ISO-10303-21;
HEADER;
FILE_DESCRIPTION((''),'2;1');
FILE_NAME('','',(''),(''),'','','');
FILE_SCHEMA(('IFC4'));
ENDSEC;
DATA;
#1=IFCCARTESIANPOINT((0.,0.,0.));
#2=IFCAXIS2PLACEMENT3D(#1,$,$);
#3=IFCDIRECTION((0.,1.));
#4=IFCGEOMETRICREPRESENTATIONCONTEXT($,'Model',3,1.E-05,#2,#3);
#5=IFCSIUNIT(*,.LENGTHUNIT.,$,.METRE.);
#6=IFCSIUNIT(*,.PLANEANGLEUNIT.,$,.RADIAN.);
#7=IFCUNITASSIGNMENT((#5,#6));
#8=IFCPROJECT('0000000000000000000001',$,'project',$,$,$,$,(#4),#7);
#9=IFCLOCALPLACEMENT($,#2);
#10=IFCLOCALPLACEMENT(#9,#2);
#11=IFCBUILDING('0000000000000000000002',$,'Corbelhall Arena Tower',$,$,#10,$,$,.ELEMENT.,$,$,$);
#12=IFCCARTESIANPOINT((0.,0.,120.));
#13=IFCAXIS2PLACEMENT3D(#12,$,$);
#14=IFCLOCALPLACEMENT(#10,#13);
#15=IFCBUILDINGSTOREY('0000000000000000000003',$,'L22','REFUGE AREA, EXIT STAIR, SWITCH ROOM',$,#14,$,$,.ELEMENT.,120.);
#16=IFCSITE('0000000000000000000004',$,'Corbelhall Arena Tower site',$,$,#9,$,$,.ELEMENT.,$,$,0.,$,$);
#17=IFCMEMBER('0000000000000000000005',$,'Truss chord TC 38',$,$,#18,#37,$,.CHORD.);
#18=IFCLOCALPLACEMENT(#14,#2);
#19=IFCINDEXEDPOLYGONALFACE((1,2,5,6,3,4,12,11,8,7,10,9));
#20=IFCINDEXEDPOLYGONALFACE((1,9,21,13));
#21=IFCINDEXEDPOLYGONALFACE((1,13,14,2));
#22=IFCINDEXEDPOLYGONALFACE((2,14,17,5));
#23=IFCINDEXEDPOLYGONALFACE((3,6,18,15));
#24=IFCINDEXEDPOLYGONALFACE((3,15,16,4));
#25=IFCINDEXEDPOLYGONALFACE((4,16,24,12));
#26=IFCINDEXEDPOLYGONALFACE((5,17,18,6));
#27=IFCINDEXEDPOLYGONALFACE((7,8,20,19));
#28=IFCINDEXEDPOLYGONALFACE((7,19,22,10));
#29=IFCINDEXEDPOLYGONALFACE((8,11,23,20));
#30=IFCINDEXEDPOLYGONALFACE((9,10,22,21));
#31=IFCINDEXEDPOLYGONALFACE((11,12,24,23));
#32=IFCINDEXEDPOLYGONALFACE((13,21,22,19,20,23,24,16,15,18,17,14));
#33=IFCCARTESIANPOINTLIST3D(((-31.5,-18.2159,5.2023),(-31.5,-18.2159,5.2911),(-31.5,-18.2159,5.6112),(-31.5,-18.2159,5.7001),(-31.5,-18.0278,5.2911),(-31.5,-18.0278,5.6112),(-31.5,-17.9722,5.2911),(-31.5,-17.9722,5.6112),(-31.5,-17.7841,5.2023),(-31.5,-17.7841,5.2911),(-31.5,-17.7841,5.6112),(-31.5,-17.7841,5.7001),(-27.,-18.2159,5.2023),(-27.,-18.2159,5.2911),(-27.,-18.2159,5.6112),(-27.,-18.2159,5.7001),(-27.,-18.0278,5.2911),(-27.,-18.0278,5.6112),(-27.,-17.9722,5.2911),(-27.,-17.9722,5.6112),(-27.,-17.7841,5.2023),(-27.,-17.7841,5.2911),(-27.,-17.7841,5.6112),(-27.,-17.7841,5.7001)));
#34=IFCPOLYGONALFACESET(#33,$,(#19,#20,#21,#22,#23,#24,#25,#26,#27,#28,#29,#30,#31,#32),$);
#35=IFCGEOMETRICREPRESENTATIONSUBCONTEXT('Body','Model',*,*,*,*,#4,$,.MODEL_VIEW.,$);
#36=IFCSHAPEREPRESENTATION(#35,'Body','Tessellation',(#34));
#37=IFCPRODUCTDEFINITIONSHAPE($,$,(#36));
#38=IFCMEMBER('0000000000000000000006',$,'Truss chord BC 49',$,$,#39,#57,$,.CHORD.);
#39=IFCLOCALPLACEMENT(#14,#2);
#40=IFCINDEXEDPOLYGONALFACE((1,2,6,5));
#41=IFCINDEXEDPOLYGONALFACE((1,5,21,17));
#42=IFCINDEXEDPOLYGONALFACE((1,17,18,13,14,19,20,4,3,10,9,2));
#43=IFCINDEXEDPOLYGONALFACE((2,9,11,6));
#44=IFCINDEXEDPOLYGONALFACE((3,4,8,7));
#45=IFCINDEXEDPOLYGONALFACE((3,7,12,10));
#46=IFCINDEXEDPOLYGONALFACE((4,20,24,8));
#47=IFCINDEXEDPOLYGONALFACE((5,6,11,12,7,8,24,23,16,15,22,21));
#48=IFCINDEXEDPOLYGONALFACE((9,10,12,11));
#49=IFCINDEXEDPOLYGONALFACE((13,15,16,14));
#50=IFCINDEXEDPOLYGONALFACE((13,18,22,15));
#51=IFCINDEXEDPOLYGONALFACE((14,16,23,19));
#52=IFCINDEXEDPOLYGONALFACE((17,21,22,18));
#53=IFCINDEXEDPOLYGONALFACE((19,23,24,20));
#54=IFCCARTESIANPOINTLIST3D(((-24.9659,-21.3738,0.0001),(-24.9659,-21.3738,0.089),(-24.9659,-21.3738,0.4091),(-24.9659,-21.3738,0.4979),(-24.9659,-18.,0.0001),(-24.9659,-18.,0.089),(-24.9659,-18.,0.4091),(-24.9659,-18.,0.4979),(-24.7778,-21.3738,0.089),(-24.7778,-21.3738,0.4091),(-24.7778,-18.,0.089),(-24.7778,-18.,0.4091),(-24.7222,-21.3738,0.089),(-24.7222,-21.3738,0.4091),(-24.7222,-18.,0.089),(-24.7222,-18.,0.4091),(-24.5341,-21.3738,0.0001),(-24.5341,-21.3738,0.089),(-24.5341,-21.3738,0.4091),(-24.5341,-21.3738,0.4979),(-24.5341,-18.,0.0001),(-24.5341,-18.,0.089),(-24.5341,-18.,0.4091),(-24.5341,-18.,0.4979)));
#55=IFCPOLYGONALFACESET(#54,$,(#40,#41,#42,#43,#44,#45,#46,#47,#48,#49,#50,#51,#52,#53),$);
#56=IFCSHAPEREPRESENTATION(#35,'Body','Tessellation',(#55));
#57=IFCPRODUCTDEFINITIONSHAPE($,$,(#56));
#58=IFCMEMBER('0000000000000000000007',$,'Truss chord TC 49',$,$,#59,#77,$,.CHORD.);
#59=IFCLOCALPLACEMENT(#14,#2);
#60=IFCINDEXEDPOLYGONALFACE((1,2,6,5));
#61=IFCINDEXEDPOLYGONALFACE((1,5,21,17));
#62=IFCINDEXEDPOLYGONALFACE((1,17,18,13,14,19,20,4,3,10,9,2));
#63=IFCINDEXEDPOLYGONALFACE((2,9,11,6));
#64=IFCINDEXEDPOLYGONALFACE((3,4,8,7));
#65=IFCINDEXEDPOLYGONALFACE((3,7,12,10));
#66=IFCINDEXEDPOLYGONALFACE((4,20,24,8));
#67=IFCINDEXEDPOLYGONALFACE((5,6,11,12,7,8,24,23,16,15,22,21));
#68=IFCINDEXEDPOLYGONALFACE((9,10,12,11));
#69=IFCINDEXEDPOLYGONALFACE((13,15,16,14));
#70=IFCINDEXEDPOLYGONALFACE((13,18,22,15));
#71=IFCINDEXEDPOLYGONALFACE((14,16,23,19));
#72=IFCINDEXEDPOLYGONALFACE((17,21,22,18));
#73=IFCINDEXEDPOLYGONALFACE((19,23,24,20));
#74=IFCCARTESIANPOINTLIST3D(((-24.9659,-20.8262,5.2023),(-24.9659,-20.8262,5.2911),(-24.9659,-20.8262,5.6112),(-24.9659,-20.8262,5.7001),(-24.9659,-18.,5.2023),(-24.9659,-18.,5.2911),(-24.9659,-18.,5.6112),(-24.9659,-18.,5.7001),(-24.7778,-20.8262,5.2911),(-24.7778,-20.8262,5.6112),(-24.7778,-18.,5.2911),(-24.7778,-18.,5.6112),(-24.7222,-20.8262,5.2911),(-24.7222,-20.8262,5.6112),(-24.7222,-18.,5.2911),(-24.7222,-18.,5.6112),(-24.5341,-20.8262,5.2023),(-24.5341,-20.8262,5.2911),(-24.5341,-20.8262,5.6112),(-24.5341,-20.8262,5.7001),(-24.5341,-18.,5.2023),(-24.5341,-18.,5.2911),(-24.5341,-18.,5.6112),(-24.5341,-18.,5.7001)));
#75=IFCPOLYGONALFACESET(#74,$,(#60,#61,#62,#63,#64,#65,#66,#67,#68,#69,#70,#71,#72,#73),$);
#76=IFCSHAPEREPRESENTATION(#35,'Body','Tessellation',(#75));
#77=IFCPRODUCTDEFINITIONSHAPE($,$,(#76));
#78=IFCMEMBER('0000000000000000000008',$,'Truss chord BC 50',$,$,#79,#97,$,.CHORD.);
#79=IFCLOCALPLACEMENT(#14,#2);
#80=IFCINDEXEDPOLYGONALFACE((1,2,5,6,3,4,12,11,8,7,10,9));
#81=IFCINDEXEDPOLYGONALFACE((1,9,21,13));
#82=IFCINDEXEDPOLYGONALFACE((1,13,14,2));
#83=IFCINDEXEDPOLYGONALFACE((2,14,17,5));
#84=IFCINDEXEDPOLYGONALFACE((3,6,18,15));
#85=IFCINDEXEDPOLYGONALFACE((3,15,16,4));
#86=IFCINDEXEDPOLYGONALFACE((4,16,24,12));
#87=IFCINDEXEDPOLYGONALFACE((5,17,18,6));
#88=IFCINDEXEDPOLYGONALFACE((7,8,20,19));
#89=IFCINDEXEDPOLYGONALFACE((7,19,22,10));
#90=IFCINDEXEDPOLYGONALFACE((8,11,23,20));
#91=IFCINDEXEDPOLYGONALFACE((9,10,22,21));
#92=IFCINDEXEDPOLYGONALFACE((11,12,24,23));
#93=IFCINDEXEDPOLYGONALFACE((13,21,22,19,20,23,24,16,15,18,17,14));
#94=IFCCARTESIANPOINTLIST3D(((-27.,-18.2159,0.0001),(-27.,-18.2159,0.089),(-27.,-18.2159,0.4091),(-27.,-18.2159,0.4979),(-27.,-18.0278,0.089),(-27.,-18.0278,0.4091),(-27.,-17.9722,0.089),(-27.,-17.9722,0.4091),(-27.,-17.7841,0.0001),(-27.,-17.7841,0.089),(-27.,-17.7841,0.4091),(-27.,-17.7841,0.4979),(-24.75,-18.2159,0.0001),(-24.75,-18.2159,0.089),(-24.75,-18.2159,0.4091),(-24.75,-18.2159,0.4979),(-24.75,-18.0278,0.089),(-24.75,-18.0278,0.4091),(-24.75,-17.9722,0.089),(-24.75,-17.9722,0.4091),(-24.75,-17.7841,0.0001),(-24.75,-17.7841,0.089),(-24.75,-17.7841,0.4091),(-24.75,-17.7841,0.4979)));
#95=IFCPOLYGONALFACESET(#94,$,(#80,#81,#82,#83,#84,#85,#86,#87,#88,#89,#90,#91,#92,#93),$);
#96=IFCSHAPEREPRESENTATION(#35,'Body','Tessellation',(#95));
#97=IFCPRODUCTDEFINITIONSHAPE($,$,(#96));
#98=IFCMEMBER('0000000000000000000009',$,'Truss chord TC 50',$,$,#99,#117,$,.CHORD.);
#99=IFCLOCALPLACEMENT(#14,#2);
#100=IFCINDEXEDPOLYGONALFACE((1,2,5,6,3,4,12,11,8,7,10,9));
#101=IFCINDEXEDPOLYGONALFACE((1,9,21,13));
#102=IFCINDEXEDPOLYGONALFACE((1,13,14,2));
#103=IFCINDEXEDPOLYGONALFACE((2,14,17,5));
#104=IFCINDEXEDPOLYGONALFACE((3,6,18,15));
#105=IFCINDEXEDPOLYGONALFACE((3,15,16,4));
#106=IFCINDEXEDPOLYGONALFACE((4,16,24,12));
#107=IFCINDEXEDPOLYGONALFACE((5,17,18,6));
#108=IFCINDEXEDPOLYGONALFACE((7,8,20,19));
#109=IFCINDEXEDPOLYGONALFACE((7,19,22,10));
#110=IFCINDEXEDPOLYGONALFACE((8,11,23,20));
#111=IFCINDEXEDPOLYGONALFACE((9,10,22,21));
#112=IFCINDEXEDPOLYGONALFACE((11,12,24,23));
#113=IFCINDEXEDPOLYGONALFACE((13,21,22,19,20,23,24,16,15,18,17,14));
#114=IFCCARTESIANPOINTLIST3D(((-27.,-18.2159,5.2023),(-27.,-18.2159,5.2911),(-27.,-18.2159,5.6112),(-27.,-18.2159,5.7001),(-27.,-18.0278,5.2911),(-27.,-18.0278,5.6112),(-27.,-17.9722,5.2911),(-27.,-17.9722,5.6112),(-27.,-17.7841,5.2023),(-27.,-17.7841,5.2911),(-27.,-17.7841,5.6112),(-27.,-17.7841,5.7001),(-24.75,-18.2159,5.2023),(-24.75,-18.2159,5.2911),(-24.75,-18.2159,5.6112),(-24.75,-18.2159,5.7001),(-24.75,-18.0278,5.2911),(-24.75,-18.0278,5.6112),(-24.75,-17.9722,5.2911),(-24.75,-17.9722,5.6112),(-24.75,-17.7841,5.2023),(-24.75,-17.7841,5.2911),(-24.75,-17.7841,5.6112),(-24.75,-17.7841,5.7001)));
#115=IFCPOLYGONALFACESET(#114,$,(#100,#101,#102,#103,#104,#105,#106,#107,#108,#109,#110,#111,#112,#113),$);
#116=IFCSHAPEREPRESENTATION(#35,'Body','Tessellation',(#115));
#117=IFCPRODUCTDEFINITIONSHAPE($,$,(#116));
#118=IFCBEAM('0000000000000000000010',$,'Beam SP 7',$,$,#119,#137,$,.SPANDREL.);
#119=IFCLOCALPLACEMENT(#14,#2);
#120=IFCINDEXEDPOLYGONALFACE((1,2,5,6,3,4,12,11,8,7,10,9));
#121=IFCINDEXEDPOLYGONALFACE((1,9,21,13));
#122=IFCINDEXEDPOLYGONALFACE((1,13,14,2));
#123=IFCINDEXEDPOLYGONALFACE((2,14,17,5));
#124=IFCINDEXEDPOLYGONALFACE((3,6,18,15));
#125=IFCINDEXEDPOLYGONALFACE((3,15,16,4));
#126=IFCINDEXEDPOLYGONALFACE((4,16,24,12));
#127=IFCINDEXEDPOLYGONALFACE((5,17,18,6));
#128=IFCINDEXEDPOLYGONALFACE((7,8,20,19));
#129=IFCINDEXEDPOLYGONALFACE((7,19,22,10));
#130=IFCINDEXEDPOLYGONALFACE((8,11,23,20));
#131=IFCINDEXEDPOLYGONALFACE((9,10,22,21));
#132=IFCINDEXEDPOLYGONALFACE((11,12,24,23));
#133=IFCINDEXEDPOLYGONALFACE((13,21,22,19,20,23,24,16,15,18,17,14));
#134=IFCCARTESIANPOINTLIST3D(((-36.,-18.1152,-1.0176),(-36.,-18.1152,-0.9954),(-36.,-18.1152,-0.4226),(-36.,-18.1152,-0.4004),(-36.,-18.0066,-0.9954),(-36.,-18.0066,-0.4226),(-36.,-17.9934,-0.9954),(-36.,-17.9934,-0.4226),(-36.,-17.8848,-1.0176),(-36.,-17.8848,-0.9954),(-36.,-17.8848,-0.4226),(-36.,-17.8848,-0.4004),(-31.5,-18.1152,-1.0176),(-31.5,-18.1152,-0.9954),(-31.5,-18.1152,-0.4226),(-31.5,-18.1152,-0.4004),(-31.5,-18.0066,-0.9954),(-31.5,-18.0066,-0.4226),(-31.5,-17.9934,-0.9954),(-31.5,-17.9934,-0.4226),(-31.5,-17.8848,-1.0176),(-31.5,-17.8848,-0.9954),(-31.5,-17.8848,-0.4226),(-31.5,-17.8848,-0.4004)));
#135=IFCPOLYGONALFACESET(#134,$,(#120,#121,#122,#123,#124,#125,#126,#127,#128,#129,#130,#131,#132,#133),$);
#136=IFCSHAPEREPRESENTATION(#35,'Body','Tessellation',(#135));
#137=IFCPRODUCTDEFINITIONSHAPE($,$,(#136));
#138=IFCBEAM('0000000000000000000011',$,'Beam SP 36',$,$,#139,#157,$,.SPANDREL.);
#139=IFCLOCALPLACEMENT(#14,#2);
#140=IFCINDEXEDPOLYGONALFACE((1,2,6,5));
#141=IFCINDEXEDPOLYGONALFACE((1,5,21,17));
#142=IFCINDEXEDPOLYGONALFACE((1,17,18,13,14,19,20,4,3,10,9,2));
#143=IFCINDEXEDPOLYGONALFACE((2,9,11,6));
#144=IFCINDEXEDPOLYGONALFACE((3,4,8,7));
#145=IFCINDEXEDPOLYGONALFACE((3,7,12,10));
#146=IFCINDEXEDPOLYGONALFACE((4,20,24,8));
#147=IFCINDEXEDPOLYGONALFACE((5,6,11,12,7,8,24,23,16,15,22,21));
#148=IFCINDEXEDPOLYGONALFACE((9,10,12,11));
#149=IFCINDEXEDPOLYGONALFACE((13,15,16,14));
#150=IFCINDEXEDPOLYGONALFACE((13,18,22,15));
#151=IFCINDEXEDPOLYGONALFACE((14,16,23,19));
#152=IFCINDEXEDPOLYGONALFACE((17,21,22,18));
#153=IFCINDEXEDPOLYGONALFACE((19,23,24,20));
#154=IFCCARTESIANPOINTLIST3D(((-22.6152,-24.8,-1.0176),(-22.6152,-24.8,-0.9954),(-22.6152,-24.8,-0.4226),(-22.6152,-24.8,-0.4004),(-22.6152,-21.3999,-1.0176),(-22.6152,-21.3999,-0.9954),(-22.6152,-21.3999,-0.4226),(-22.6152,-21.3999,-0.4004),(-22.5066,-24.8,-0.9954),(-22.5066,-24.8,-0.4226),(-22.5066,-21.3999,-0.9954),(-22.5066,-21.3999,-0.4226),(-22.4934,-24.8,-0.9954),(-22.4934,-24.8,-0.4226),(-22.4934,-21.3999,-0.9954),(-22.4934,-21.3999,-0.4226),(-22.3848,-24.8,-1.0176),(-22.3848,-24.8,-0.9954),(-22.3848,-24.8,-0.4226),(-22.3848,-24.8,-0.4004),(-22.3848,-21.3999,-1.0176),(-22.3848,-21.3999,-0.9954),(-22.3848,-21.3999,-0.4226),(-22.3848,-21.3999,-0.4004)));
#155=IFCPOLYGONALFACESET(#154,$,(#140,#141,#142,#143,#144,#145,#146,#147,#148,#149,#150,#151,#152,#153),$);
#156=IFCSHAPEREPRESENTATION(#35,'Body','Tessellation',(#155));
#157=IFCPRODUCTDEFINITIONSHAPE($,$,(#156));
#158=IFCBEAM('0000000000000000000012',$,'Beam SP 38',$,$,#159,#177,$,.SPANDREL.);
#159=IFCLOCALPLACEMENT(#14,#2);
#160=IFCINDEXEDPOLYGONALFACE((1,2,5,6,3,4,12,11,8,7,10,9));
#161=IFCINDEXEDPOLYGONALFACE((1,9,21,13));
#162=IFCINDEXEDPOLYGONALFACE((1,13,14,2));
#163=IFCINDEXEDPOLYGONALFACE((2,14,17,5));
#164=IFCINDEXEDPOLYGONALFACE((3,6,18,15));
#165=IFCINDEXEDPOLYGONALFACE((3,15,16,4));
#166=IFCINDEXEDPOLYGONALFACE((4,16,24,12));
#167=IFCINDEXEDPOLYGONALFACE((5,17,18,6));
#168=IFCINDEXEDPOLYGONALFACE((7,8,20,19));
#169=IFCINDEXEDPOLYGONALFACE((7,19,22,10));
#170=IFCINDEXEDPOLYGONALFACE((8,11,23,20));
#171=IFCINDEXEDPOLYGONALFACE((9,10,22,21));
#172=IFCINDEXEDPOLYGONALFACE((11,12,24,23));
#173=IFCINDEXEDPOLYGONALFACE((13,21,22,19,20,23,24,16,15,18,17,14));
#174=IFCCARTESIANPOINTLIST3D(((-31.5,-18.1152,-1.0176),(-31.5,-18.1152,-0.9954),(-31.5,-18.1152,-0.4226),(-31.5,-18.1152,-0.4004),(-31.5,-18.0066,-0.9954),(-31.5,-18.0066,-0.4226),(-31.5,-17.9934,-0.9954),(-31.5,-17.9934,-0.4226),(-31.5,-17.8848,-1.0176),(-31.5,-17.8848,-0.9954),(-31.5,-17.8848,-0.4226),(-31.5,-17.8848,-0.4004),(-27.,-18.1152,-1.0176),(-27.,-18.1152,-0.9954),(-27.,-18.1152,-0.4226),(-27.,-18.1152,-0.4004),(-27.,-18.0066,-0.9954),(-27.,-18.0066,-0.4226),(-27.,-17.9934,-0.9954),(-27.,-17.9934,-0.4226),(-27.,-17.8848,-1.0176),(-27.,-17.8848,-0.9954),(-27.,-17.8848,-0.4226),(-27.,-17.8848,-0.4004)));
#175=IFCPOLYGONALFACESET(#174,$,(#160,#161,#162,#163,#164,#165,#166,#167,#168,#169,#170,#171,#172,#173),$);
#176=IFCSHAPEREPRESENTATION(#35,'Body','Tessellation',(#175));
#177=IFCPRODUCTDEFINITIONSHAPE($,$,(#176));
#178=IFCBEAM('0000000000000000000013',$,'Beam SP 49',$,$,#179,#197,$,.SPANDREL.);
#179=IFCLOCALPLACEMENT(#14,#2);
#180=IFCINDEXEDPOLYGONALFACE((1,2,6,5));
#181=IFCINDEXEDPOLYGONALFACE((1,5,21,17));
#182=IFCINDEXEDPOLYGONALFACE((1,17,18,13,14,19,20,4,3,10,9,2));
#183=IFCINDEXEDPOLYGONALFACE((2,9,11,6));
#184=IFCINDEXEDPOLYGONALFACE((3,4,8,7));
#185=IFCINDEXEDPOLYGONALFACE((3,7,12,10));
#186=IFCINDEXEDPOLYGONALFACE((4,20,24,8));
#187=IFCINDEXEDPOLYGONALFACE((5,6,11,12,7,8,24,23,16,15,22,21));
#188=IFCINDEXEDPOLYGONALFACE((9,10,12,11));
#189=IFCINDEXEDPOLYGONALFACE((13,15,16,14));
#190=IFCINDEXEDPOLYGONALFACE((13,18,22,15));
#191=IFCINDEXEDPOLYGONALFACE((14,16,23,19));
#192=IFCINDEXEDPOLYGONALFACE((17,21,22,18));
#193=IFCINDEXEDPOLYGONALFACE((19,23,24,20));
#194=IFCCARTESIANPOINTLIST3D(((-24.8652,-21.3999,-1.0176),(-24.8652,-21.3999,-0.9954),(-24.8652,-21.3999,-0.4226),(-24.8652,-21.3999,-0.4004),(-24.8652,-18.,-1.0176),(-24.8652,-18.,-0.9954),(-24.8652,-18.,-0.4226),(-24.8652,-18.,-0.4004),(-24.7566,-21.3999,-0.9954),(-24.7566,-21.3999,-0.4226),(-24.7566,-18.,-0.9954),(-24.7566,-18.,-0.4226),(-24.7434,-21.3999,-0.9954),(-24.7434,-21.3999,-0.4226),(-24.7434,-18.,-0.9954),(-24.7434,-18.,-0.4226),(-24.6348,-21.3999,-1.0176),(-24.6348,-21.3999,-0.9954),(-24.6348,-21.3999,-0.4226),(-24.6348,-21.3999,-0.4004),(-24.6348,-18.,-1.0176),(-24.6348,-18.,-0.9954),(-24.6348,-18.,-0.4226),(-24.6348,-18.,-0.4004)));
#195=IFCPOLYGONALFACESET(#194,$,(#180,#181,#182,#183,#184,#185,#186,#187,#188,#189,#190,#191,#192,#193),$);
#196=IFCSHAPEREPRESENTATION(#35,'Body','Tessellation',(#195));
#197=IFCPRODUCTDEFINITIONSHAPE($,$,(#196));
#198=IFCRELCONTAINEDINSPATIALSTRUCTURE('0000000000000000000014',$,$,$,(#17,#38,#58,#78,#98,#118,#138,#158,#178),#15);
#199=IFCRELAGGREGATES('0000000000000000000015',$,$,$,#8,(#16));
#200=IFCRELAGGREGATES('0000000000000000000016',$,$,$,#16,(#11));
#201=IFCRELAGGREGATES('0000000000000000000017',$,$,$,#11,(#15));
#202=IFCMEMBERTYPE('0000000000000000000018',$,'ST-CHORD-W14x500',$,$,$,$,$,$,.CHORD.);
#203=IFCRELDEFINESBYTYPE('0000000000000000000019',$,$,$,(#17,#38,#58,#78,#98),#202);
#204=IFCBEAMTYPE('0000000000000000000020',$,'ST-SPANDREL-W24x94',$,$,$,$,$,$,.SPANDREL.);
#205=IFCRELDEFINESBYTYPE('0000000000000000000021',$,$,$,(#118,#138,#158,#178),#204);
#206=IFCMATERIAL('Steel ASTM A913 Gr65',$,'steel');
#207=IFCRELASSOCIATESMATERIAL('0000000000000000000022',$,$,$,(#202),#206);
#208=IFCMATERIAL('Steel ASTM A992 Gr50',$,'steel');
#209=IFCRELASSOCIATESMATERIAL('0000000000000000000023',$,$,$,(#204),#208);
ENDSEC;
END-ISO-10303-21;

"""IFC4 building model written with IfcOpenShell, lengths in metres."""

from ifc_helpers import new_model, si_unit, direction, frame, origin, origin_2d, place, context, subcontext, project, spatial, i_section, extrude, material, material_profile, profile_set, type_object, element, save


model = new_model("IFC4")

# Units and contexts
model_context = context("Model", 3, precision=1e-05, world=origin(), true_north=direction((0.0, 1.0)))
body_context = subcontext(model_context, "Body", "Model", "MODEL_VIEW")
ifc_project = project(units=[si_unit("LENGTHUNIT", "METRE"), si_unit("PLANEANGLEUNIT", "RADIAN")], contexts=[model_context])

# Site, building, storey
site_placement = place(None, origin())
site = spatial("IfcSite", under=ifc_project, at=site_placement, Name="Corbelhall Arena Tower site", CompositionType="ELEMENT", RefElevation=0.0)
building_placement = place(site_placement, origin())
building = spatial("IfcBuilding", under=site, at=building_placement, Name="Corbelhall Arena Tower", CompositionType="ELEMENT")
storey_placement = place(building_placement, frame((0.0, 0.0, 120.0)))
storey = spatial("IfcBuildingStorey", under=building, at=storey_placement, Name="L22", Description="REFUGE AREA, EXIT STAIR, SWITCH ROOM", CompositionType="ELEMENT", Elevation=120.0)

# Members
ifc_material_1 = material(Name="Steel ASTM A913 Gr65", Category="steel")
ifc_material_profile_1 = material_profile(ifc_material_1, i_section(OverallWidth=0.4319, OverallDepth=0.4978, WebThickness=0.0557, FlangeThickness=0.0889, at=origin_2d()))
ifc_profile_set_1 = profile_set([ifc_material_profile_1], Name="Steel ASTM A913 Gr65")
member_type_1 = type_object("IfcMemberType", Name="ST-CHORD-W14x500", PredefinedType="CHORD", material=ifc_profile_set_1)
for number, where, z_axis, x_axis, name in (
    (1, (-27.0, -18.0, 5.4512), (-1.0, 0.0, 0.0), (0.0, -1.0, 0.0), "Truss chord TC 38"),
):
    element("IfcMember", number, at=place(storey_placement, frame(where, z_axis=z_axis, x_axis=x_axis)), inside=storey, type_object=member_type_1, Name=name, PredefinedType="CHORD", context=body_context, shape_type="SweptSolid", body=[
        extrude(i_section(OverallWidth=0.4319, OverallDepth=0.4978, WebThickness=0.0557, FlangeThickness=0.0889, at=origin_2d()), origin(), (0.0, 0.0, 1.0), 4.5),
    ])
member_1_placement = place(storey_placement, frame((-24.75, -21.3738, 0.249), z_axis=(0.0, 1.0, 0.0), x_axis=(-1.0, 0.0, 0.0)))
element("IfcMember", 2, at=member_1_placement, inside=storey, type_object=member_type_1, Name="Truss chord BC 49", PredefinedType="CHORD", context=body_context, shape_type="SweptSolid", body=[
    extrude(i_section(OverallWidth=0.4319, OverallDepth=0.4978, WebThickness=0.0557, FlangeThickness=0.0889, at=origin_2d()), origin(), (0.0, 0.0, 1.0), 3.3738),
])
member_2_placement = place(storey_placement, frame((-24.75, -20.8262, 5.4512), z_axis=(0.0, 1.0, 0.0), x_axis=(-1.0, 0.0, 0.0)))
element("IfcMember", 3, at=member_2_placement, inside=storey, type_object=member_type_1, Name="Truss chord TC 49", PredefinedType="CHORD", context=body_context, shape_type="SweptSolid", body=[
    extrude(i_section(OverallWidth=0.4319, OverallDepth=0.4978, WebThickness=0.0557, FlangeThickness=0.0889, at=origin_2d()), origin(), (0.0, 0.0, 1.0), 2.8262),
])
for number, where, z_axis, x_axis, name in (
    (4, (-24.75, -18.0, 0.249), (-1.0, 0.0, 0.0), (0.0, -1.0, 0.0), "Truss chord BC 50"),
    (5, (-24.75, -18.0, 5.4512), (-1.0, 0.0, 0.0), (0.0, -1.0, 0.0), "Truss chord TC 50"),
):
    element("IfcMember", number, at=place(storey_placement, frame(where, z_axis=z_axis, x_axis=x_axis)), inside=storey, type_object=member_type_1, Name=name, PredefinedType="CHORD", context=body_context, shape_type="SweptSolid", body=[
        extrude(i_section(OverallWidth=0.4319, OverallDepth=0.4978, WebThickness=0.0557, FlangeThickness=0.0889, at=origin_2d()), origin(), (0.0, 0.0, 1.0), 2.25),
    ])

# Beams
ifc_material_2 = material(Name="Steel ASTM A992 Gr50", Category="steel")
ifc_material_profile_2 = material_profile(ifc_material_2, i_section(OverallWidth=0.2305, OverallDepth=0.6172, WebThickness=0.0132, FlangeThickness=0.0222, at=origin_2d()))
ifc_profile_set_2 = profile_set([ifc_material_profile_2], Name="Steel ASTM A992 Gr50")
beam_type = type_object("IfcBeamType", Name="ST-SPANDREL-W24x94", PredefinedType="SPANDREL", material=ifc_profile_set_2)
beam_1_placement = place(storey_placement, frame((-31.5, -18.0, -0.709), z_axis=(-1.0, 0.0, 0.0), x_axis=(0.0, -1.0, 0.0)))
element("IfcBeam", 6, at=beam_1_placement, inside=storey, type_object=beam_type, Name="Beam SP 7", PredefinedType="SPANDREL", context=body_context, shape_type="SweptSolid", body=[
    extrude(i_section(OverallWidth=0.2305, OverallDepth=0.6172, WebThickness=0.0132, FlangeThickness=0.0222, at=origin_2d()), origin(), (0.0, 0.0, 1.0), 4.5),
])
beam_2_placement = place(storey_placement, frame((-22.5, -24.8, -0.709), z_axis=(0.0, 1.0, 0.0), x_axis=(-1.0, 0.0, 0.0)))
element("IfcBeam", 7, at=beam_2_placement, inside=storey, type_object=beam_type, Name="Beam SP 36", PredefinedType="SPANDREL", context=body_context, shape_type="SweptSolid", body=[
    extrude(i_section(OverallWidth=0.2305, OverallDepth=0.6172, WebThickness=0.0132, FlangeThickness=0.0222, at=origin_2d()), origin(), (0.0, 0.0, 1.0), 3.4001),
])
beam_3_placement = place(storey_placement, frame((-27.0, -18.0, -0.709), z_axis=(-1.0, 0.0, 0.0), x_axis=(0.0, -1.0, 0.0)))
element("IfcBeam", 8, at=beam_3_placement, inside=storey, type_object=beam_type, Name="Beam SP 38", PredefinedType="SPANDREL", context=body_context, shape_type="SweptSolid", body=[
    extrude(i_section(OverallWidth=0.2305, OverallDepth=0.6172, WebThickness=0.0132, FlangeThickness=0.0222, at=origin_2d()), origin(), (0.0, 0.0, 1.0), 4.5),
])
beam_4_placement = place(storey_placement, frame((-24.75, -21.3999, -0.709), z_axis=(0.0, 1.0, 0.0), x_axis=(-1.0, 0.0, 0.0)))
element("IfcBeam", 9, at=beam_4_placement, inside=storey, type_object=beam_type, Name="Beam SP 49", PredefinedType="SPANDREL", context=body_context, shape_type="SweptSolid", body=[
    extrude(i_section(OverallWidth=0.2305, OverallDepth=0.6172, WebThickness=0.0132, FlangeThickness=0.0222, at=origin_2d()), origin(), (0.0, 0.0, 1.0), 3.3999),
])

save(model, "model.ifc")
